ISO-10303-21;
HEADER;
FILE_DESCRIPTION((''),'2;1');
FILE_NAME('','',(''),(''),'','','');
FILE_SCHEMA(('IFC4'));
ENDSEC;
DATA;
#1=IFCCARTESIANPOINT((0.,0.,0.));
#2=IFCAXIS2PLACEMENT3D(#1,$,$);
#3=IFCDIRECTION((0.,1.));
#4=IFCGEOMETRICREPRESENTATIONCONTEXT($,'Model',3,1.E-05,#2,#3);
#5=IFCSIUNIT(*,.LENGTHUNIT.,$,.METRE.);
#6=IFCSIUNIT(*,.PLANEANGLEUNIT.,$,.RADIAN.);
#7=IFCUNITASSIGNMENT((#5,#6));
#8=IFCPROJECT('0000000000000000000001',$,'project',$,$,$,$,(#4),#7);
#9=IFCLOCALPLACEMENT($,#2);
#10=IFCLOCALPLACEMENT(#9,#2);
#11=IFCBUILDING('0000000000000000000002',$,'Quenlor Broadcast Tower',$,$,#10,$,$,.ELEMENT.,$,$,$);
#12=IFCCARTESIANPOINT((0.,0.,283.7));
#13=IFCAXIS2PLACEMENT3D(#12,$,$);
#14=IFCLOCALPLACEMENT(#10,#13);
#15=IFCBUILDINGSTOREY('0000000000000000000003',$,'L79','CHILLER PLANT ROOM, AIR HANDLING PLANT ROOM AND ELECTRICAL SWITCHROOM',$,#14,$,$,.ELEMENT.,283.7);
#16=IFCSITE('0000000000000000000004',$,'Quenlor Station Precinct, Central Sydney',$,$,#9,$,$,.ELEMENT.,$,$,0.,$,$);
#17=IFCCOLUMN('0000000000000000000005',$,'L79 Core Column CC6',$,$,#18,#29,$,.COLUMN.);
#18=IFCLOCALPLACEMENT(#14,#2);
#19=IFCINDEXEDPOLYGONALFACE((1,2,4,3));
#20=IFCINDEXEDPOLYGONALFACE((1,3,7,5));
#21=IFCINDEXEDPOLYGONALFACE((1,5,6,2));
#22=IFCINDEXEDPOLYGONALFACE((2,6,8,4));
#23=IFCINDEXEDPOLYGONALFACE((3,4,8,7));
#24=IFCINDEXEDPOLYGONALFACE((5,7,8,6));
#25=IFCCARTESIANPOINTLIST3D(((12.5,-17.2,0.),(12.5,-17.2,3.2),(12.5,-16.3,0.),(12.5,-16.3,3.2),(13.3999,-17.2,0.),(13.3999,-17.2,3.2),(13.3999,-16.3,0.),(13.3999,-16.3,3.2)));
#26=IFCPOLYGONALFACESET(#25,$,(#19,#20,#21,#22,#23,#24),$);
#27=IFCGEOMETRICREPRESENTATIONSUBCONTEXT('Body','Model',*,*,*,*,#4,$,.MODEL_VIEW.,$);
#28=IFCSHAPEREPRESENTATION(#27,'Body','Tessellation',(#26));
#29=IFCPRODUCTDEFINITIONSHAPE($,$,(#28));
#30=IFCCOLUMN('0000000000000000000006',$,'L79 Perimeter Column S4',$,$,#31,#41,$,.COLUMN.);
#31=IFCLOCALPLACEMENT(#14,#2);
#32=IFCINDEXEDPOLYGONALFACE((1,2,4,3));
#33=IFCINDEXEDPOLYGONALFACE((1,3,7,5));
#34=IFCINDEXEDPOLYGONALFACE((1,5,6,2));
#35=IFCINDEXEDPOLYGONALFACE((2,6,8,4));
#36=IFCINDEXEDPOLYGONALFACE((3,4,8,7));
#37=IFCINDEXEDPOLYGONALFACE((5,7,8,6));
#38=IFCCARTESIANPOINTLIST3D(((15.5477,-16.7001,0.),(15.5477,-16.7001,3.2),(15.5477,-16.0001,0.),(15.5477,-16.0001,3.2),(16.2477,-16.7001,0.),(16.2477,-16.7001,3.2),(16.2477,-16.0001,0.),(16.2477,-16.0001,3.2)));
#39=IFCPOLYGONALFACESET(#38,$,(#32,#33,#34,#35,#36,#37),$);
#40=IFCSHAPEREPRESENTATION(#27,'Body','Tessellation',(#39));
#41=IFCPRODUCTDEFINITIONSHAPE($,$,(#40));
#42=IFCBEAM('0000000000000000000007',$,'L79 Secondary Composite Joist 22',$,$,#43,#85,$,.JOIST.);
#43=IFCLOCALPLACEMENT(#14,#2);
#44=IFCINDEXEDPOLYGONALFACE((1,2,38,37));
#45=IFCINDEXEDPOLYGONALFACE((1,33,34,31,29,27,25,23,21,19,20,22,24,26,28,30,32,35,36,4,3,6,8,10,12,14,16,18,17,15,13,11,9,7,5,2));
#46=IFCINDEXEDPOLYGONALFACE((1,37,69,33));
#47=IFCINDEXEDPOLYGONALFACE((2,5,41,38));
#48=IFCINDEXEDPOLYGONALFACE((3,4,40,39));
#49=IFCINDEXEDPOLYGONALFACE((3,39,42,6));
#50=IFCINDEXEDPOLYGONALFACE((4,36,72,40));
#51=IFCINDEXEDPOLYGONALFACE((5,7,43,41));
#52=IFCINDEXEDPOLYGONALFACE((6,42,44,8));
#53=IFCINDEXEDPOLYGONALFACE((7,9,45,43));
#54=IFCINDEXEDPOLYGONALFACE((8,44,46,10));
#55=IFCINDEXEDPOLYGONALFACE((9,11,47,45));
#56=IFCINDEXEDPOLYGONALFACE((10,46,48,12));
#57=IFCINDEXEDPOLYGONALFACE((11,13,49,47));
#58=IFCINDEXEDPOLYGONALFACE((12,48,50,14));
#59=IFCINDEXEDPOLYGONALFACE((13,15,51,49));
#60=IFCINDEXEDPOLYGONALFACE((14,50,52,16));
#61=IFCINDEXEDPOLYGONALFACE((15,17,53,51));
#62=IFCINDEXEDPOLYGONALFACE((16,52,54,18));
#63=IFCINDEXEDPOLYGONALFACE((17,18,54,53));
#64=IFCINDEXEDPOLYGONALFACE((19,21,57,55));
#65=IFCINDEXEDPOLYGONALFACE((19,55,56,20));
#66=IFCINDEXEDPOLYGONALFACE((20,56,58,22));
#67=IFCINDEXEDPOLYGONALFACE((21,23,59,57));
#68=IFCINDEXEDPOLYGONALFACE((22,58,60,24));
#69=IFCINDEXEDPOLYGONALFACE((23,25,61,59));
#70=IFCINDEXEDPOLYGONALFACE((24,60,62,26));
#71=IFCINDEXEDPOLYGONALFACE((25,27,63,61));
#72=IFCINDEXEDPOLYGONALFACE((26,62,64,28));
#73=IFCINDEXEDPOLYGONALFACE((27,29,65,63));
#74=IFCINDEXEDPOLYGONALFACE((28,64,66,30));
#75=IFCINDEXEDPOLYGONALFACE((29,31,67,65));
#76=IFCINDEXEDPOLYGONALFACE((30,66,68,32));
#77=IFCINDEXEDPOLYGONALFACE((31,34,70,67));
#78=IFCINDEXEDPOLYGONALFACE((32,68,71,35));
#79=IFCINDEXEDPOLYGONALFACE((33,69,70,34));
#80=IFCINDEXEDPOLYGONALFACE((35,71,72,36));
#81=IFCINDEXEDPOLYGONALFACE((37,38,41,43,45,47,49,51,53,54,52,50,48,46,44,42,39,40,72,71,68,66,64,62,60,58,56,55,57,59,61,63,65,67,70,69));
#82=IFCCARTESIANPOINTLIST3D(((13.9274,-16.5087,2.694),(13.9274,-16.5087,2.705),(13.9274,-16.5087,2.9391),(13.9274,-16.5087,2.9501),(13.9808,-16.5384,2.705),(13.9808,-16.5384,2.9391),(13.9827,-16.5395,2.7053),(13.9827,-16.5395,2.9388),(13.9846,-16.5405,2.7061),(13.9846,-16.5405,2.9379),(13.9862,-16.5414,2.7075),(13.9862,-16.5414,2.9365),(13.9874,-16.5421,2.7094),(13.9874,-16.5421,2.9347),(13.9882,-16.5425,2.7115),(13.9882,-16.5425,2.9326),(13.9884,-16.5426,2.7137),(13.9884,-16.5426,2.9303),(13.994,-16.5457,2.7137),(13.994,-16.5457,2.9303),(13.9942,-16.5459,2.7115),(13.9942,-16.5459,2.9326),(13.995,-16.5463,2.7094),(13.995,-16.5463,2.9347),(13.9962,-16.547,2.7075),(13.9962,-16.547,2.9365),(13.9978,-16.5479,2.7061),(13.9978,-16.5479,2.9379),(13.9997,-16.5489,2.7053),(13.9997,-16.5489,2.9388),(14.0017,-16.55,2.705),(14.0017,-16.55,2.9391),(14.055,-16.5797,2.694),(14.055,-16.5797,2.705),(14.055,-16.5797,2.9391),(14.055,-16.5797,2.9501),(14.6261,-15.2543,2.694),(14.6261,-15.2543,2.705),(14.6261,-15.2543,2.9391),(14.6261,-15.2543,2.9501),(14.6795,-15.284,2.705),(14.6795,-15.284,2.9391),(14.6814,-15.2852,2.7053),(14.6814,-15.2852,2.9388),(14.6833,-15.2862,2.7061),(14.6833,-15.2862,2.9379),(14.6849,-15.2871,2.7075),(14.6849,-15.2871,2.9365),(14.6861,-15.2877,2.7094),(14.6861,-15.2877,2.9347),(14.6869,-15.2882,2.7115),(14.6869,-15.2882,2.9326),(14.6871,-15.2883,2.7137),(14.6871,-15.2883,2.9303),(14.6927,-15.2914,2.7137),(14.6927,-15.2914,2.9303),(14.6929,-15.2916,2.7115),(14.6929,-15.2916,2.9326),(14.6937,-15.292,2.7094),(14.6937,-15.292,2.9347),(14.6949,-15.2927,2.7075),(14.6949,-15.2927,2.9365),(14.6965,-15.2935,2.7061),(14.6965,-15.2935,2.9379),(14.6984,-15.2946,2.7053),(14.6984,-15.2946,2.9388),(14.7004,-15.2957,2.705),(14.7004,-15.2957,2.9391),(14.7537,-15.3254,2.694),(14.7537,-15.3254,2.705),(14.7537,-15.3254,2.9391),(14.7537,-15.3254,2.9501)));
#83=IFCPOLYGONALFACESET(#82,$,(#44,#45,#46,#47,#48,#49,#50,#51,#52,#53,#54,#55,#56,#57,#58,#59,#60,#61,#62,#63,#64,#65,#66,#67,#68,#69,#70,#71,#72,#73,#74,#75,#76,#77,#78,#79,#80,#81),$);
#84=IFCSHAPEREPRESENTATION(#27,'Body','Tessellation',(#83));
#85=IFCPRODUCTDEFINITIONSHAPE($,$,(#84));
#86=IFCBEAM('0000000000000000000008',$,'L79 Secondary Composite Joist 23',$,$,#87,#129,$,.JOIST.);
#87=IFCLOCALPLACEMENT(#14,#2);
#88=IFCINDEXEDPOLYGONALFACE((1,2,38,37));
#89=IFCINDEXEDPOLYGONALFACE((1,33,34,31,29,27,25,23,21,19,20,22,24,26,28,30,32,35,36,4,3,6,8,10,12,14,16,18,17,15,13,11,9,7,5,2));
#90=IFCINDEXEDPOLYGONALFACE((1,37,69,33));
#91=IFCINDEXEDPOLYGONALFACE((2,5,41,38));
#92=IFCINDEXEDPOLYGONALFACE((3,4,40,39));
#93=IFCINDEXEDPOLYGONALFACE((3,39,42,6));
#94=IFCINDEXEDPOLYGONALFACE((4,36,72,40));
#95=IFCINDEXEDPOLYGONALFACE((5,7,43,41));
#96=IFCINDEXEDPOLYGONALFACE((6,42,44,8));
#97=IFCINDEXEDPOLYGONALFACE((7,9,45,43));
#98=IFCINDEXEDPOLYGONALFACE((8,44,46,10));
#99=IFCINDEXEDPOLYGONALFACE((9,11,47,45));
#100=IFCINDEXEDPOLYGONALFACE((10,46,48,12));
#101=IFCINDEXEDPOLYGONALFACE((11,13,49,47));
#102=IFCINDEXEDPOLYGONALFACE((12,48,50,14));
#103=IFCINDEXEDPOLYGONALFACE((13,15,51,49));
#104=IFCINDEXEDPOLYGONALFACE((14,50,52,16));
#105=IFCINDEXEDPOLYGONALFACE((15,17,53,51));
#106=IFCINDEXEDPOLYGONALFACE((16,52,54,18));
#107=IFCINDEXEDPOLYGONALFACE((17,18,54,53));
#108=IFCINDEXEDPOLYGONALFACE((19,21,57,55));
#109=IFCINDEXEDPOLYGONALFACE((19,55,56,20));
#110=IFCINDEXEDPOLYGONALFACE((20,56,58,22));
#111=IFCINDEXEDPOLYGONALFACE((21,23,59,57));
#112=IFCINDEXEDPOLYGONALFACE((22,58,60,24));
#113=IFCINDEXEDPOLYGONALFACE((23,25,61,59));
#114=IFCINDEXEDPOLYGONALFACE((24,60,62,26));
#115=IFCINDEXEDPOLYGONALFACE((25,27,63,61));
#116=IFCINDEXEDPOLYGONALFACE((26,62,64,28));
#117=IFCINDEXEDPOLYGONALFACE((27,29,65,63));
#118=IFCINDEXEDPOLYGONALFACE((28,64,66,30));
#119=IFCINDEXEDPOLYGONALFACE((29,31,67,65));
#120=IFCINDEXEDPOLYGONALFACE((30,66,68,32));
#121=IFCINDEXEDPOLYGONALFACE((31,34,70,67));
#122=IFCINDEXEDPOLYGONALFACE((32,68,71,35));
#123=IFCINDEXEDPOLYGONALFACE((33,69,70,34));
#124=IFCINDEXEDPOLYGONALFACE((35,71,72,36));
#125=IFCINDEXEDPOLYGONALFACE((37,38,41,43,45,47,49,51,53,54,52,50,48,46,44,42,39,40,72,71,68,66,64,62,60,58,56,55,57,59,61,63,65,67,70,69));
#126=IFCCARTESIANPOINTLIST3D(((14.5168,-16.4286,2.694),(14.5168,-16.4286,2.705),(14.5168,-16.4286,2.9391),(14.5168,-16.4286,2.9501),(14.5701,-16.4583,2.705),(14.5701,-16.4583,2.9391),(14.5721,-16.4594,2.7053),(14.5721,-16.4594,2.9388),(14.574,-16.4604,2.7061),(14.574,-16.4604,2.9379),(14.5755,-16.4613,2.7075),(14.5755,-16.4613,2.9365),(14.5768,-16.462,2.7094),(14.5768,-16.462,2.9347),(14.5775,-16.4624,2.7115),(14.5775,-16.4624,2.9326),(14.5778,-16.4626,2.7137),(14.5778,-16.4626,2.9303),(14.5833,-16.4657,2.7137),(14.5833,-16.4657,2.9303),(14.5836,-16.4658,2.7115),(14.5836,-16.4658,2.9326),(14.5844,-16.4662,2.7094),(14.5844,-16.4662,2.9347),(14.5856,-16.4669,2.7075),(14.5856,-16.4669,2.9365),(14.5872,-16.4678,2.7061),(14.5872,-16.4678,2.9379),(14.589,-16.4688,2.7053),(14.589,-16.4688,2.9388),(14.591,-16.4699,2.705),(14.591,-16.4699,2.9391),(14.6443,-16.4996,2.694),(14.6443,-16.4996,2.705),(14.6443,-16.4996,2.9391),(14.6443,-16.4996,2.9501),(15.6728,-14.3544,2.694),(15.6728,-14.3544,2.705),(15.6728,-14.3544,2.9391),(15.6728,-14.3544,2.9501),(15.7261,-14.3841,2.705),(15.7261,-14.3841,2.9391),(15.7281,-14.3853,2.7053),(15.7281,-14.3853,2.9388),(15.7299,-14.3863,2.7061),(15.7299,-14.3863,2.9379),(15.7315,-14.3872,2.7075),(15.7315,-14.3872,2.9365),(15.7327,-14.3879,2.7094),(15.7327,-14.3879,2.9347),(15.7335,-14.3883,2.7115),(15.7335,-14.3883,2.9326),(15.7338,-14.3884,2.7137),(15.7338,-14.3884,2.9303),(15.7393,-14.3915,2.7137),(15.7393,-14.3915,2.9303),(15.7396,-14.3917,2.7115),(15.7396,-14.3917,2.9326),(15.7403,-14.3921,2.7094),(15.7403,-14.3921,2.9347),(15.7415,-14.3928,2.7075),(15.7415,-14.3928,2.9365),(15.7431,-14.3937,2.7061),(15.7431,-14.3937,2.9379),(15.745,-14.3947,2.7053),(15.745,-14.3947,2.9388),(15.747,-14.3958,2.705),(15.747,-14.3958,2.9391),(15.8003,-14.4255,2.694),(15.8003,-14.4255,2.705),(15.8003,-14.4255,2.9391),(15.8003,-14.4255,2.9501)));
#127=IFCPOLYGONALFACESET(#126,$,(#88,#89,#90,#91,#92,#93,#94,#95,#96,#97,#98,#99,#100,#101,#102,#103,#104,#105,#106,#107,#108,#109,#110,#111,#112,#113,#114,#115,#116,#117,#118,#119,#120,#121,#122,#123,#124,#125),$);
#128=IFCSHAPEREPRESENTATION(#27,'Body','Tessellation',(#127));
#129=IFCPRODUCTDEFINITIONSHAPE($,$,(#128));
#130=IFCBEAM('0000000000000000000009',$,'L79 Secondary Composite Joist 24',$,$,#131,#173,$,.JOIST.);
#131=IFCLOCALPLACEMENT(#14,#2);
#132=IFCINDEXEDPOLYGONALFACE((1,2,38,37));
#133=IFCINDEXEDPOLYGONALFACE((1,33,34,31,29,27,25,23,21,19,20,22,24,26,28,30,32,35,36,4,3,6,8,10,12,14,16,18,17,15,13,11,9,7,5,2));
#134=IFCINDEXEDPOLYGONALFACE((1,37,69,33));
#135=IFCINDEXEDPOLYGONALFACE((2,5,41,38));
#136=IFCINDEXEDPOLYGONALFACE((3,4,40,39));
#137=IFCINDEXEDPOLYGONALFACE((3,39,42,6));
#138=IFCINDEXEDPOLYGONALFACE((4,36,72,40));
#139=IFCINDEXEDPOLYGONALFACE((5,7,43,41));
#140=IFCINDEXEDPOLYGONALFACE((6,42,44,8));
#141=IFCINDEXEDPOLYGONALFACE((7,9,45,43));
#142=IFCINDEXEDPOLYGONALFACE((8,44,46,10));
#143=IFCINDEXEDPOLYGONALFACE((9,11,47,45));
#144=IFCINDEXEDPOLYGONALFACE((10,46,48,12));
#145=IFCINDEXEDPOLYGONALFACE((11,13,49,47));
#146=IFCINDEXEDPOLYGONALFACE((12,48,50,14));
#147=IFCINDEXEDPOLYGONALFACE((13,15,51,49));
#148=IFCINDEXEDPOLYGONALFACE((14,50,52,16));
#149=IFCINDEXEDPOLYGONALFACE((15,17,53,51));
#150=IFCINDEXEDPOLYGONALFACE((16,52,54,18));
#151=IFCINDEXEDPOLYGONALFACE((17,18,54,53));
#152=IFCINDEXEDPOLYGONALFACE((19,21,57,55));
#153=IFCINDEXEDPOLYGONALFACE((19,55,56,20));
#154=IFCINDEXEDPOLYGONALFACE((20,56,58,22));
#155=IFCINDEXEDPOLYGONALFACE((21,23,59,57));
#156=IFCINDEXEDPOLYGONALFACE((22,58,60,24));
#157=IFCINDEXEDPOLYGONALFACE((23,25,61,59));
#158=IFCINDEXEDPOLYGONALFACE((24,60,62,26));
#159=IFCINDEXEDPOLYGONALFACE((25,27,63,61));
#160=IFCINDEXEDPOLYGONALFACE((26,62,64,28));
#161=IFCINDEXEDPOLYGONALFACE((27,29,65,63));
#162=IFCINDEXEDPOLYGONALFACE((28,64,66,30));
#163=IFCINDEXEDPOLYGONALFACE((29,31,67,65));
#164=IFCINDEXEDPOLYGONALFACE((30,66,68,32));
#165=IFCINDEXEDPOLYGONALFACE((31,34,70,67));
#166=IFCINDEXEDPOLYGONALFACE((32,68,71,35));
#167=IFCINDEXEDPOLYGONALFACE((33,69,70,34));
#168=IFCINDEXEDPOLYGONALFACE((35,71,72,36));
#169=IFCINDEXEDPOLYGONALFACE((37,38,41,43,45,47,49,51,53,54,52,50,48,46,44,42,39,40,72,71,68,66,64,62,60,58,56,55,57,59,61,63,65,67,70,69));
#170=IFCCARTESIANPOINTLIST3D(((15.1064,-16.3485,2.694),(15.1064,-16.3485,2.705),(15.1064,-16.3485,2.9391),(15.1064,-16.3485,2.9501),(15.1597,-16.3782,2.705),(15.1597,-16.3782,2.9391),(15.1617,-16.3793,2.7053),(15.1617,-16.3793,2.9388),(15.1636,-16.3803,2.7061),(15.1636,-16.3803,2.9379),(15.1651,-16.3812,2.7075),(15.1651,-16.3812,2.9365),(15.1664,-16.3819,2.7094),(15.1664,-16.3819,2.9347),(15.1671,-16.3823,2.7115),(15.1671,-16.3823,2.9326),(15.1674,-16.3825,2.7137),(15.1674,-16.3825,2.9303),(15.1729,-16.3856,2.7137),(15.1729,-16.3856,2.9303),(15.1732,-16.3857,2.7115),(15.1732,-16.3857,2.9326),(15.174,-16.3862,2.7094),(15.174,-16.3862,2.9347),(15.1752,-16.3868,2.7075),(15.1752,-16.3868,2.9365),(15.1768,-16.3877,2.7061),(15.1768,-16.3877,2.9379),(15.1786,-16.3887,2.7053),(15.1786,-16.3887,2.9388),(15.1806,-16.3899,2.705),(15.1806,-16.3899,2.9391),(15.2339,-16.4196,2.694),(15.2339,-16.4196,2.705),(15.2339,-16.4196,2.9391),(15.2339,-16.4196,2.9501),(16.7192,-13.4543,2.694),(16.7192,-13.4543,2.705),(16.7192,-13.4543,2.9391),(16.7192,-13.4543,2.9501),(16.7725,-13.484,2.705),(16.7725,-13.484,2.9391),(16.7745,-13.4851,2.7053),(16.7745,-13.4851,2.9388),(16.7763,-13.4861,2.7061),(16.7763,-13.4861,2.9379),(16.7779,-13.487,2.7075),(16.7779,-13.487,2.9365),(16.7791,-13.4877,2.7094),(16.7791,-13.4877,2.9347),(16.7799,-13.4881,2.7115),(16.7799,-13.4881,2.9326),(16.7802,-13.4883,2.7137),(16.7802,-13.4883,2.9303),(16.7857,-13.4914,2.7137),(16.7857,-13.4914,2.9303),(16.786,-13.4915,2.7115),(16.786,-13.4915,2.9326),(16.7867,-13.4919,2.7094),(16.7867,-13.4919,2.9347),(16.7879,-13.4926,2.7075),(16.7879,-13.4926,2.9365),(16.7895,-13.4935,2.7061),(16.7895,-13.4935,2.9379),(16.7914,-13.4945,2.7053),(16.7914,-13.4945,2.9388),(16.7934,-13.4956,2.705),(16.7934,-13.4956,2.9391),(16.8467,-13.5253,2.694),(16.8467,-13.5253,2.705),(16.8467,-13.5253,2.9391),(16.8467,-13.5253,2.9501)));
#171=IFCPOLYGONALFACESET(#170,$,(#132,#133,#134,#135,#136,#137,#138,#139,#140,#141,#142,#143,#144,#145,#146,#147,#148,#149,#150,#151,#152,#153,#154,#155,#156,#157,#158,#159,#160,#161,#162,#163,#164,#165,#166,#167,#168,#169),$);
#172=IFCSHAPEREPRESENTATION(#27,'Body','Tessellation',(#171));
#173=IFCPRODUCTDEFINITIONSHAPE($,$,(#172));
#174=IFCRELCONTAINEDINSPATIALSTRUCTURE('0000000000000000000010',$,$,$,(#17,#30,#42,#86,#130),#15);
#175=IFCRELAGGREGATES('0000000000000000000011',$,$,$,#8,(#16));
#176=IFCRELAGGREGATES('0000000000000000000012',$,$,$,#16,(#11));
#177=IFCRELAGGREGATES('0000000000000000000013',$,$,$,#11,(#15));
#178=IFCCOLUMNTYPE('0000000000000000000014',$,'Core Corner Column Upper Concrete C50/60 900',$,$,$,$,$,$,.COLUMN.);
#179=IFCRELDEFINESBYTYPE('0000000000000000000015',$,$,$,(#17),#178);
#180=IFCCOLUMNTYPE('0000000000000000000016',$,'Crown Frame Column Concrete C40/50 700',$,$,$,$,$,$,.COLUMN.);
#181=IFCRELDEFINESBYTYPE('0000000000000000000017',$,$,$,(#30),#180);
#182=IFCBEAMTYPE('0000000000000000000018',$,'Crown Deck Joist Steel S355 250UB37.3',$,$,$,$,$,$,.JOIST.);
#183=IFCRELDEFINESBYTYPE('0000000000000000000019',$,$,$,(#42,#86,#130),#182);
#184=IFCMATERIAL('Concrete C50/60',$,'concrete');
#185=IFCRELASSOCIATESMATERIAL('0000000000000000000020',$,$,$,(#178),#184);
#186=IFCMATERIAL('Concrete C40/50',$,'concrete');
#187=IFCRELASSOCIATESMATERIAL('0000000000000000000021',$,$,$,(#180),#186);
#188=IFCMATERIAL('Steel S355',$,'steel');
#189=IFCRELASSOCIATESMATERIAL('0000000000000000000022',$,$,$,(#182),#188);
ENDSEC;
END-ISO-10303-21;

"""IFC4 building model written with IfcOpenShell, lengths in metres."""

from ifc_helpers import new_model, si_unit, direction, frame, origin, origin_2d, place, context, subcontext, project, spatial, rectangle, i_section, extrude, material, material_profile, profile_set, type_object, element, save


model = new_model("IFC4")

# Units and contexts
model_context = context("Model", 3, precision=1e-05, world=origin(), true_north=direction((0.0, 1.0)))
body_context = subcontext(model_context, "Body", "Model", "MODEL_VIEW")
ifc_project = project(units=[si_unit("LENGTHUNIT", "METRE"), si_unit("PLANEANGLEUNIT", "RADIAN")], contexts=[model_context])

# Site, building, storey
site_placement = place(None, origin())
site = spatial("IfcSite", under=ifc_project, at=site_placement, Name="Quenlor Station Precinct, Central Sydney", CompositionType="ELEMENT", RefElevation=0.0)
building_placement = place(site_placement, origin())
building = spatial("IfcBuilding", under=site, at=building_placement, Name="Quenlor Broadcast Tower", CompositionType="ELEMENT")
storey_placement = place(building_placement, frame((0.0, 0.0, 283.7)))
storey = spatial("IfcBuildingStorey", under=building, at=storey_placement, Name="L79", Description="CHILLER PLANT ROOM, AIR HANDLING PLANT ROOM AND ELECTRICAL SWITCHROOM", CompositionType="ELEMENT", Elevation=283.7)

# Columns
ifc_material_1 = material(Name="Concrete C50/60", Category="concrete")
ifc_material_profile_1 = material_profile(ifc_material_1, rectangle(XDim=0.8999, YDim=0.8999, at=origin_2d()))
ifc_profile_set_1 = profile_set([ifc_material_profile_1], Name="Concrete C50/60 RC900x900")
column_type_1 = type_object("IfcColumnType", Name="Core Corner Column Upper Concrete C50/60 900", PredefinedType="COLUMN", material=ifc_profile_set_1)
column_1_placement = place(storey_placement, frame((12.95, -16.75, 0.0), z_axis=(0.0, 0.0, 1.0), x_axis=(1.0, 0.0, 0.0)))
element("IfcColumn", 1, at=column_1_placement, inside=storey, type_object=column_type_1, Name="L79 Core Column CC6", PredefinedType="COLUMN", context=body_context, shape_type="SweptSolid", body=[
    extrude(rectangle(XDim=0.8999, YDim=0.8999, at=origin_2d()), origin(), (0.0, 0.0, 1.0), 3.2),
])
ifc_material_2 = material(Name="Concrete C40/50", Category="concrete")
ifc_material_profile_2 = material_profile(ifc_material_2, rectangle(XDim=0.7, YDim=0.7, at=origin_2d()))
ifc_profile_set_2 = profile_set([ifc_material_profile_2], Name="Concrete C40/50 RC700x700")
column_type_2 = type_object("IfcColumnType", Name="Crown Frame Column Concrete C40/50 700", PredefinedType="COLUMN", material=ifc_profile_set_2)
column_2_placement = place(storey_placement, frame((15.8977, -16.3501, 0.0), z_axis=(0.0, 0.0, 1.0), x_axis=(0.0, 1.0, 0.0)))
element("IfcColumn", 2, at=column_2_placement, inside=storey, type_object=column_type_2, Name="L79 Perimeter Column S4", PredefinedType="COLUMN", context=body_context, shape_type="SweptSolid", body=[
    extrude(rectangle(XDim=0.7, YDim=0.7, at=origin_2d()), origin(), (0.0, 0.0, 1.0), 3.2),
])

# Beams
ifc_material_3 = material(Name="Steel S355", Category="steel")
ifc_material_profile_3 = material_profile(ifc_material_3, i_section(OverallWidth=0.146, OverallDepth=0.2561, WebThickness=0.0063, FlangeThickness=0.011, FilletRadius=0.0088, at=origin_2d()))
ifc_profile_set_3 = profile_set([ifc_material_profile_3], Name="Steel S355 250UB37.3")
beam_type_1 = type_object("IfcBeamType", Name="Crown Deck Joist Steel S355 250UB37.3", PredefinedType="JOIST", material=ifc_profile_set_3)
beam_1_placement = place(storey_placement, frame((13.9912, -16.5442, 2.822), z_axis=(0.486624, 0.873611, 0.0), x_axis=(-0.873611, 0.486624, 0.0)))
element("IfcBeam", 3, at=beam_1_placement, inside=storey, type_object=beam_type_1, Name="L79 Secondary Composite Joist 22", PredefinedType="JOIST", context=body_context, shape_type="SweptSolid", body=[
    extrude(i_section(OverallWidth=0.146, OverallDepth=0.2561, WebThickness=0.0063, FlangeThickness=0.011, FilletRadius=0.0088, at=origin_2d()), origin(), (0.0, 0.0, 1.0), 1.4358),
])
beam_2_placement = place(storey_placement, frame((14.5806, -16.4641, 2.822), z_axis=(0.486821, 0.873502, 0.0), x_axis=(-0.873502, 0.486821, 0.0)))
element("IfcBeam", 4, at=beam_2_placement, inside=storey, type_object=beam_type_1, Name="L79 Secondary Composite Joist 23", PredefinedType="JOIST", context=body_context, shape_type="SweptSolid", body=[
    extrude(i_section(OverallWidth=0.146, OverallDepth=0.2561, WebThickness=0.0063, FlangeThickness=0.011, FilletRadius=0.0088, at=origin_2d()), origin(), (0.0, 0.0, 1.0), 2.3745),
])
beam_3_placement = place(storey_placement, frame((15.1702, -16.384, 2.822), z_axis=(0.486762, 0.873534, 0.0), x_axis=(-0.873534, 0.486762, 0.0)))
element("IfcBeam", 5, at=beam_3_placement, inside=storey, type_object=beam_type_1, Name="L79 Secondary Composite Joist 24", PredefinedType="JOIST", context=body_context, shape_type="SweptSolid", body=[
    extrude(i_section(OverallWidth=0.146, OverallDepth=0.2561, WebThickness=0.0063, FlangeThickness=0.011, FilletRadius=0.0088, at=origin_2d()), origin(), (0.0, 0.0, 1.0), 3.3132),
])

save(model, "model.ifc")
